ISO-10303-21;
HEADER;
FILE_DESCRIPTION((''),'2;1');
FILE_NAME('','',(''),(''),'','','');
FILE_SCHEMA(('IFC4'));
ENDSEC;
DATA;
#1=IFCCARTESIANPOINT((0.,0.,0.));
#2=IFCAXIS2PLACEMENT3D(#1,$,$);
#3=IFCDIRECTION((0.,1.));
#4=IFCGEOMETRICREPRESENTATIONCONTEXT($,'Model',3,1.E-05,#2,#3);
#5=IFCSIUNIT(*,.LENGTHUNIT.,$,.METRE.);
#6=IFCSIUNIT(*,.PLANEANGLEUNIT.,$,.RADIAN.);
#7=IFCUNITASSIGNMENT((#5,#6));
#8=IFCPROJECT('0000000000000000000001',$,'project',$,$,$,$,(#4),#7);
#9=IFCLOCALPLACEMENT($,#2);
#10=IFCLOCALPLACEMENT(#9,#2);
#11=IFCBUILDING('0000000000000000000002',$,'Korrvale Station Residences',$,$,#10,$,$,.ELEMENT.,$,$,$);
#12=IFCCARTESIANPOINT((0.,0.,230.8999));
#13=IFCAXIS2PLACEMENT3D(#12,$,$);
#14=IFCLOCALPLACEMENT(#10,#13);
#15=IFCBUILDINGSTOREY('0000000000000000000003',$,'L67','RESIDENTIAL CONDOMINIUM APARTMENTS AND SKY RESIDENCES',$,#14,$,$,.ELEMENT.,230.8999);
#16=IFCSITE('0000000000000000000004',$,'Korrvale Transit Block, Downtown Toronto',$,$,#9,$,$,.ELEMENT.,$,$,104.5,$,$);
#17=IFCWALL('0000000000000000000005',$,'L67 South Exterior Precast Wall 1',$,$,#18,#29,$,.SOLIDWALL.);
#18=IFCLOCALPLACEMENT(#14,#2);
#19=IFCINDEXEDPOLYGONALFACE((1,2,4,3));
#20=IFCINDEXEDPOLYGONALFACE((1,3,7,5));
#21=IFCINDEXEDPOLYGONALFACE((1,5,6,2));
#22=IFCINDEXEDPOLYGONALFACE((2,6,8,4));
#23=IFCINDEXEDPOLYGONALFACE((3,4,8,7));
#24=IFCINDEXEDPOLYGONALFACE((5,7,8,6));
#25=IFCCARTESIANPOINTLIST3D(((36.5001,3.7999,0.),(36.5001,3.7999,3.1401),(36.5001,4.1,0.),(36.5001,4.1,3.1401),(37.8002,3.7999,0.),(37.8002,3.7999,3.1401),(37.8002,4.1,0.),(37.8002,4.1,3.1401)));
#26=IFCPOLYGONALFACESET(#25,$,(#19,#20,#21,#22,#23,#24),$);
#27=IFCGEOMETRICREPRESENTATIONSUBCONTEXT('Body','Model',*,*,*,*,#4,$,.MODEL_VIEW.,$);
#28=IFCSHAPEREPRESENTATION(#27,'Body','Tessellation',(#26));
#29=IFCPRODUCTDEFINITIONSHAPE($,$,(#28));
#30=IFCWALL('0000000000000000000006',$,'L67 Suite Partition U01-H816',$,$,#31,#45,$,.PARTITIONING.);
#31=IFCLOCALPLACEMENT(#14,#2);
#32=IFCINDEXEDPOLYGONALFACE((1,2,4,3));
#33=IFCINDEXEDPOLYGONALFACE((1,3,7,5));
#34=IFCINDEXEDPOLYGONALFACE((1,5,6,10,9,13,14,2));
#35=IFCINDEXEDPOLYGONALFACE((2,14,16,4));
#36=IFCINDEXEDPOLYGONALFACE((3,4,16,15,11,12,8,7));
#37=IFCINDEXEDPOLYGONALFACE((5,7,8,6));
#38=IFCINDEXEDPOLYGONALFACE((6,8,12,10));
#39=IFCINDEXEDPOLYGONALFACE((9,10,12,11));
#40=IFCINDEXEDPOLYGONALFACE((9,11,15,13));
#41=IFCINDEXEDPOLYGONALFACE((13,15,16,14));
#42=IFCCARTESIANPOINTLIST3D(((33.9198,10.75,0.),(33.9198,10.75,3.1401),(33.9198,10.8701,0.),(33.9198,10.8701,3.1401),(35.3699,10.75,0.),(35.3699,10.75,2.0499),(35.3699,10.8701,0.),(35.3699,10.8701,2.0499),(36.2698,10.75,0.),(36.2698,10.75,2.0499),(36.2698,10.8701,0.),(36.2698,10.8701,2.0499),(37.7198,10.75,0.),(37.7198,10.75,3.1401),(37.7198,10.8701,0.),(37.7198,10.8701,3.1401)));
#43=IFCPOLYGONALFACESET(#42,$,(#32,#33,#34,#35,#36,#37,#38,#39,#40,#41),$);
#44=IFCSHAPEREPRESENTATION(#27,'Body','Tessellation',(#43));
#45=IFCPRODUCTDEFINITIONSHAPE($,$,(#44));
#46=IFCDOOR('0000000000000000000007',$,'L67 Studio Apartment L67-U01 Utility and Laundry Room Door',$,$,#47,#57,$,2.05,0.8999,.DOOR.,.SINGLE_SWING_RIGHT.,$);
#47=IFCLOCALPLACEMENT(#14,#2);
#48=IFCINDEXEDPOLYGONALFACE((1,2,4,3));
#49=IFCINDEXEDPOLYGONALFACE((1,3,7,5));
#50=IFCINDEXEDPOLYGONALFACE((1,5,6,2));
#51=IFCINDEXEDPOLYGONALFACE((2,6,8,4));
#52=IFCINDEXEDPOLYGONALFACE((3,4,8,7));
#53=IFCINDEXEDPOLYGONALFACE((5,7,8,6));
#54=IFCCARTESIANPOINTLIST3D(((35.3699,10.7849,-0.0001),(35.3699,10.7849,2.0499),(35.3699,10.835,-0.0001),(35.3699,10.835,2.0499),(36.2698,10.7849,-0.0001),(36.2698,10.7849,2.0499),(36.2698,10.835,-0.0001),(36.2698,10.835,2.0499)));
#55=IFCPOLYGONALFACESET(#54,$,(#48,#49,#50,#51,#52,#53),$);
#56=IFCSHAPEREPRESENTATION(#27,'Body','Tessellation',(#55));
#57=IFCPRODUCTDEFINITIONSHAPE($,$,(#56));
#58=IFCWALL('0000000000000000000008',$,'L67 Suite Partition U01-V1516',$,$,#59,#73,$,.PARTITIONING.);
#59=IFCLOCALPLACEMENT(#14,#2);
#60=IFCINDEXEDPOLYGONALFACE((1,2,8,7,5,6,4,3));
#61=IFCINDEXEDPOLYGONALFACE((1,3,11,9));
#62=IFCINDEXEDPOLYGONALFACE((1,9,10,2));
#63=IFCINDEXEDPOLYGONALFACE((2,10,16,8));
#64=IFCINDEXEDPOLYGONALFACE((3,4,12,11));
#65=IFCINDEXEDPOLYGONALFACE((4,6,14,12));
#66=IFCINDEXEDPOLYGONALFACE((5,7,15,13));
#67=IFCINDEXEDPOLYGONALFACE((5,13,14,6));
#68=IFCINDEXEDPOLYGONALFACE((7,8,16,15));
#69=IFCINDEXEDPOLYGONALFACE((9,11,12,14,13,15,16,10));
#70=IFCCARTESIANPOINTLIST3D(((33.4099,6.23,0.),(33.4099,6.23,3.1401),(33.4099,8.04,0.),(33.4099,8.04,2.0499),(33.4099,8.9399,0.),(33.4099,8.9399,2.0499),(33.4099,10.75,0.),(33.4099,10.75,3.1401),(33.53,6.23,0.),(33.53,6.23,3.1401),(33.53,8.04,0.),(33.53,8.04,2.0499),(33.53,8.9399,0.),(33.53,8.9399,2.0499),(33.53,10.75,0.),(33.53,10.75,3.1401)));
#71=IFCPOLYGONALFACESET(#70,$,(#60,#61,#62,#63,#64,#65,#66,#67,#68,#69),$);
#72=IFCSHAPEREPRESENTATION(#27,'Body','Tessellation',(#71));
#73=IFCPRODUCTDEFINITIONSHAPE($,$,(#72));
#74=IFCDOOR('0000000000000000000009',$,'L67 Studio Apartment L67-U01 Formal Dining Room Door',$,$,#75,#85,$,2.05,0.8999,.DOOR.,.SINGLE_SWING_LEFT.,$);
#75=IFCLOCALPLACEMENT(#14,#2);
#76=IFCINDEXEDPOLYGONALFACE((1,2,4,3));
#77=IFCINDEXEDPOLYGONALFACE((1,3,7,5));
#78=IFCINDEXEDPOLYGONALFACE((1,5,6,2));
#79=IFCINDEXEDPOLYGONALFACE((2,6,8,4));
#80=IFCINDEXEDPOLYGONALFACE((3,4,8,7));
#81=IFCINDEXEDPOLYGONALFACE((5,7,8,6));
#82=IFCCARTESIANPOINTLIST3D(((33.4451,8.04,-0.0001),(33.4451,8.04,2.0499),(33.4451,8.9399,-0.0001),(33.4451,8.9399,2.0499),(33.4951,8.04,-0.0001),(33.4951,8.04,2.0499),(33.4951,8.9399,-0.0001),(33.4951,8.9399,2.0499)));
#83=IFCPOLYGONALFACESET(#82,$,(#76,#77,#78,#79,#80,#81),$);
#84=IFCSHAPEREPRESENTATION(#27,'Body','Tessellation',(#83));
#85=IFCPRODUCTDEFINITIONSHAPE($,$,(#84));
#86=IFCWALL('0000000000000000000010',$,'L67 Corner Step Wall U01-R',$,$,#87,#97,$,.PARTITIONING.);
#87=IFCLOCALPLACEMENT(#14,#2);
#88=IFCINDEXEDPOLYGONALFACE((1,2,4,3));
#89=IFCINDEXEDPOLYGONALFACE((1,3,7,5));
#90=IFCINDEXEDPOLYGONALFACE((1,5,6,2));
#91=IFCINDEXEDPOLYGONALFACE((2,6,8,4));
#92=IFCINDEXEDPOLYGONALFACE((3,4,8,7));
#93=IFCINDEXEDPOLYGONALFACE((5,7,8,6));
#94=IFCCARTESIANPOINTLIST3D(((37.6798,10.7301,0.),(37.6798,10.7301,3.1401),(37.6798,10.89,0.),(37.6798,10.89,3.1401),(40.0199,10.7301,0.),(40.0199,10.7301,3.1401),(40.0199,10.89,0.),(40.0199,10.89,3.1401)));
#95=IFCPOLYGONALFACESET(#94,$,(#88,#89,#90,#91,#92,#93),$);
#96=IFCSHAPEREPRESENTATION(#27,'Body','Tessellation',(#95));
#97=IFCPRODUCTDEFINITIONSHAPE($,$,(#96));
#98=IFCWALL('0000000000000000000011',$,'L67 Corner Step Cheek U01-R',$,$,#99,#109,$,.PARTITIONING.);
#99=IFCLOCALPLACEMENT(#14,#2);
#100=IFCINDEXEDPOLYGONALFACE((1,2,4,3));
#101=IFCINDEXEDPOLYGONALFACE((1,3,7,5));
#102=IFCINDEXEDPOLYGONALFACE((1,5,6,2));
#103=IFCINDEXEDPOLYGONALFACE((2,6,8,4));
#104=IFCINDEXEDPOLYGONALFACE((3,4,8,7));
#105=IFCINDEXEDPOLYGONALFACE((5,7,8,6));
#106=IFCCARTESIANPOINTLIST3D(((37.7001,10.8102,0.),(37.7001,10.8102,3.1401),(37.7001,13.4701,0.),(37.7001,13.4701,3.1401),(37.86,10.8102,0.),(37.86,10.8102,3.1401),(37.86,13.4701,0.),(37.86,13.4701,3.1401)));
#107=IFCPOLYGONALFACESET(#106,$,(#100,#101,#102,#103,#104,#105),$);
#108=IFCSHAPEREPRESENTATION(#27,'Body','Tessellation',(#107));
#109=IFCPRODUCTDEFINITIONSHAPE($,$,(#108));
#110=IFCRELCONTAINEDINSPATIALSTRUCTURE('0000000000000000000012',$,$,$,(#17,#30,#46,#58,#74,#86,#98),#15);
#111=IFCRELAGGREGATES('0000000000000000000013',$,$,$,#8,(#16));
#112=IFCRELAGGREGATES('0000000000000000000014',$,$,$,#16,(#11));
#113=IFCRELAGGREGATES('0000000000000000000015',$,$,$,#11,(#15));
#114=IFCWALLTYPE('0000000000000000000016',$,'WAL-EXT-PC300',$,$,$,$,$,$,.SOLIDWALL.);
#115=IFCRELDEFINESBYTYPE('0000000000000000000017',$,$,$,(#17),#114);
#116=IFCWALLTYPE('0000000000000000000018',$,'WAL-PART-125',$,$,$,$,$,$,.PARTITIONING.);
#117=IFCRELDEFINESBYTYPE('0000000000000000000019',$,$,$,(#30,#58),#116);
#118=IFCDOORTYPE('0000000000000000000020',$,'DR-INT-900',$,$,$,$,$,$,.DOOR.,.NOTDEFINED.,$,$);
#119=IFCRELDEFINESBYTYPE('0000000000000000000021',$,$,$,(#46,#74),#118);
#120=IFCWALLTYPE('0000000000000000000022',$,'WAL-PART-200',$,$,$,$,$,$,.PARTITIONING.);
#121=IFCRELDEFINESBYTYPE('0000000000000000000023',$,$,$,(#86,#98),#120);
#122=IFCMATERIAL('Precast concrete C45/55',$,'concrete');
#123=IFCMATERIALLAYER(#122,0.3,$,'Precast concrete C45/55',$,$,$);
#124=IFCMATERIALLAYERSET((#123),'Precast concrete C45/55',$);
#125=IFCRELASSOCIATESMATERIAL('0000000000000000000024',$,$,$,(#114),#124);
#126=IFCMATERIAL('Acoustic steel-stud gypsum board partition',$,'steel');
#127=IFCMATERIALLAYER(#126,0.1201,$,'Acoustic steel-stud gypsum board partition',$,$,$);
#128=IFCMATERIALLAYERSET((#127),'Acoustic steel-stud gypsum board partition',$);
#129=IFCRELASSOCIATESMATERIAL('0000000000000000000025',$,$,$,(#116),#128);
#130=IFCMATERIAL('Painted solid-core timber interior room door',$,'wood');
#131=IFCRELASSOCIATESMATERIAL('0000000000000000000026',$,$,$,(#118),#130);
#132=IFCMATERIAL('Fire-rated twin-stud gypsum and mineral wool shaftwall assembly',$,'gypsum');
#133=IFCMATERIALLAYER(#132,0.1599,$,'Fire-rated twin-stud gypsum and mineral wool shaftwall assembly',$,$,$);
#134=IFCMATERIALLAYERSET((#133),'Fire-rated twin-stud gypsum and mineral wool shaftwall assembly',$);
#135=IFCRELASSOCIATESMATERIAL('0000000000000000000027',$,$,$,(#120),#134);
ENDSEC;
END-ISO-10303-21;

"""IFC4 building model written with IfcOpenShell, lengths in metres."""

from ifc_helpers import new_model, si_unit, direction, frame, frame_2d, origin, place, context, subcontext, project, spatial, rectangle, extrude, material, layer, layer_set, type_object, element, fill, save


model = new_model("IFC4")

# Units and contexts
model_context = context("Model", 3, precision=1e-05, world=origin(), true_north=direction((0.0, 1.0)))
body_context = subcontext(model_context, "Body", "Model", "MODEL_VIEW")
ifc_project = project(units=[si_unit("LENGTHUNIT", "METRE"), si_unit("PLANEANGLEUNIT", "RADIAN")], contexts=[model_context])

# Site, building, storey
site_placement = place(None, origin())
site = spatial("IfcSite", under=ifc_project, at=site_placement, Name="Korrvale Transit Block, Downtown Toronto", CompositionType="ELEMENT", RefElevation=104.5)
building_placement = place(site_placement, origin())
building = spatial("IfcBuilding", under=site, at=building_placement, Name="Korrvale Station Residences", CompositionType="ELEMENT")
storey_placement = place(building_placement, frame((0.0, 0.0, 230.8999)))
storey = spatial("IfcBuildingStorey", under=building, at=storey_placement, Name="L67", Description="RESIDENTIAL CONDOMINIUM APARTMENTS AND SKY RESIDENCES", CompositionType="ELEMENT", Elevation=230.8999)

# Shared definitions
ifc_material_1 = material(Name="Precast concrete C45/55", Category="concrete")

# Wall
ifc_layer_1 = layer(ifc_material_1, 0.3, Name="Precast concrete C45/55")
ifc_layer_set_1 = layer_set([ifc_layer_1], Name="Precast concrete C45/55")
wall_type_1 = type_object("IfcWallType", Name="WAL-EXT-PC300", PredefinedType="SOLIDWALL", material=ifc_layer_set_1)
wall_1_placement = place(storey_placement, frame((37.8, 3.95, 0.0), z_axis=(0.0, 0.0, 1.0), x_axis=(-1.0, 0.0, 0.0)))
element("IfcWall", 1, at=wall_1_placement, inside=storey, type_object=wall_type_1, Name="L67 South Exterior Precast Wall 1", PredefinedType="SOLIDWALL", context=body_context, shape_type="SweptSolid", body=[
    extrude(rectangle(XDim=1.3, YDim=0.3, at=frame_2d((0.6499, 0.0))), origin(), (0.0, 0.0, 1.0), 3.1401),
])

# Walls, openings, doors
ifc_material_2 = material(Name="Acoustic steel-stud gypsum board partition", Category="steel")
ifc_layer_2 = layer(ifc_material_2, 0.1201, Name="Acoustic steel-stud gypsum board partition")
ifc_layer_set_2 = layer_set([ifc_layer_2], Name="Acoustic steel-stud gypsum board partition")
wall_type_2 = type_object("IfcWallType", Name="WAL-PART-125", PredefinedType="PARTITIONING", material=ifc_layer_set_2)
wall_2_placement = place(storey_placement, frame((33.9199, 10.8101, 0.0), z_axis=(0.0, 0.0, 1.0), x_axis=(1.0, 0.0, 0.0)))
wall_2 = element("IfcWall", 2, at=wall_2_placement, inside=storey, type_object=wall_type_2, Name="L67 Suite Partition U01-H816", PredefinedType="PARTITIONING", context=body_context, shape_type="SweptSolid", body=[
    extrude(rectangle(XDim=3.8, YDim=0.1201, at=frame_2d((1.8999, 0.0))), origin(), (0.0, 0.0, 1.0), 3.1401),
])
opening_1_placement = place(wall_2_placement, frame((1.45, 0.0, 0.0)))
opening_1 = element("IfcOpeningElement", 3, at=opening_1_placement, cuts=wall_2, PredefinedType="OPENING", context=body_context, shape_type="SweptSolid", body=[
    extrude(rectangle(XDim=0.8999, YDim=2.05, at=frame_2d((0.45, 1.0249))), frame((0.0, 0.0701, 0.0), z_axis=(0.0, -1.0, 0.0), x_axis=(1.0, 0.0, 0.0)), (0.0, 0.0, 1.0), 0.1401),
])
ifc_material_3 = material(Name="Painted solid-core timber interior room door", Category="wood")
door_type_1 = type_object("IfcDoorType", Name="DR-INT-900", OperationType="NOTDEFINED", PredefinedType="DOOR", material=ifc_material_3)
door_1_placement = place(opening_1_placement, origin())
door_1 = element("IfcDoor", 4, at=door_1_placement, inside=storey, type_object=door_type_1, Name="L67 Studio Apartment L67-U01 Utility and Laundry Room Door", OperationType="SINGLE_SWING_RIGHT", OverallHeight=2.05, OverallWidth=0.8999, PredefinedType="DOOR", context=body_context, shape_type="SweptSolid", body=[
    extrude(rectangle(XDim=0.8999, YDim=2.05, at=frame_2d((0.45, 1.0249))), frame((0.0, 0.0249, 0.0), z_axis=(0.0, -1.0, 0.0), x_axis=(1.0, 0.0, 0.0)), (0.0, 0.0, 1.0), 0.05),
])
fill(opening_1, door_1)
wall_3_placement = place(storey_placement, frame((33.47, 6.23, 0.0), z_axis=(0.0, 0.0, 1.0), x_axis=(0.0, 1.0, 0.0)))
wall_3 = element("IfcWall", 5, at=wall_3_placement, inside=storey, type_object=wall_type_2, Name="L67 Suite Partition U01-V1516", PredefinedType="PARTITIONING", context=body_context, shape_type="SweptSolid", body=[
    extrude(rectangle(XDim=4.52, YDim=0.1201, at=frame_2d((2.26, 0.0))), origin(), (0.0, 0.0, 1.0), 3.1401),
])
opening_2_placement = place(wall_3_placement, frame((1.8101, 0.0, 0.0)))
opening_2 = element("IfcOpeningElement", 6, at=opening_2_placement, cuts=wall_3, PredefinedType="OPENING", context=body_context, shape_type="SweptSolid", body=[
    extrude(rectangle(XDim=0.8999, YDim=2.05, at=frame_2d((0.45, 1.0249))), frame((0.0, 0.0701, 0.0), z_axis=(0.0, -1.0, 0.0), x_axis=(1.0, 0.0, 0.0)), (0.0, 0.0, 1.0), 0.1401),
])
door_2_placement = place(opening_2_placement, origin())
door_2 = element("IfcDoor", 7, at=door_2_placement, inside=storey, type_object=door_type_1, Name="L67 Studio Apartment L67-U01 Formal Dining Room Door", OperationType="SINGLE_SWING_LEFT", OverallHeight=2.05, OverallWidth=0.8999, PredefinedType="DOOR", context=body_context, shape_type="SweptSolid", body=[
    extrude(rectangle(XDim=0.8999, YDim=2.05, at=frame_2d((0.45, 1.0249))), frame((0.0, 0.0249, 0.0), z_axis=(0.0, -1.0, 0.0), x_axis=(1.0, 0.0, 0.0)), (0.0, 0.0, 1.0), 0.05),
])
fill(opening_2, door_2)

# Walls
ifc_material_4 = material(Name="Fire-rated twin-stud gypsum and mineral wool shaftwall assembly", Category="gypsum")
ifc_layer_3 = layer(ifc_material_4, 0.1599, Name="Fire-rated twin-stud gypsum and mineral wool shaftwall assembly")
ifc_layer_set_3 = layer_set([ifc_layer_3], Name="Fire-rated twin-stud gypsum and mineral wool shaftwall assembly")
wall_type_3 = type_object("IfcWallType", Name="WAL-PART-200", PredefinedType="PARTITIONING", material=ifc_layer_set_3)
wall_4_placement = place(storey_placement, frame((37.6799, 10.8101, 0.0), z_axis=(0.0, 0.0, 1.0), x_axis=(1.0, 0.0, 0.0)))
element("IfcWall", 8, at=wall_4_placement, inside=storey, type_object=wall_type_3, Name="L67 Corner Step Wall U01-R", PredefinedType="PARTITIONING", context=body_context, shape_type="SweptSolid", body=[
    extrude(rectangle(XDim=2.3401, YDim=0.1599, at=frame_2d((1.1699, 0.0))), origin(), (0.0, 0.0, 1.0), 3.1401),
])
wall_5_placement = place(storey_placement, frame((37.78, 10.8101, 0.0), z_axis=(0.0, 0.0, 1.0), x_axis=(0.0, 1.0, 0.0)))
element("IfcWall", 9, at=wall_5_placement, inside=storey, type_object=wall_type_3, Name="L67 Corner Step Cheek U01-R", PredefinedType="PARTITIONING", context=body_context, shape_type="SweptSolid", body=[
    extrude(rectangle(XDim=2.6599, YDim=0.1599, at=frame_2d((1.3301, 0.0))), origin(), (0.0, 0.0, 1.0), 3.1401),
])

save(model, "model.ifc")
